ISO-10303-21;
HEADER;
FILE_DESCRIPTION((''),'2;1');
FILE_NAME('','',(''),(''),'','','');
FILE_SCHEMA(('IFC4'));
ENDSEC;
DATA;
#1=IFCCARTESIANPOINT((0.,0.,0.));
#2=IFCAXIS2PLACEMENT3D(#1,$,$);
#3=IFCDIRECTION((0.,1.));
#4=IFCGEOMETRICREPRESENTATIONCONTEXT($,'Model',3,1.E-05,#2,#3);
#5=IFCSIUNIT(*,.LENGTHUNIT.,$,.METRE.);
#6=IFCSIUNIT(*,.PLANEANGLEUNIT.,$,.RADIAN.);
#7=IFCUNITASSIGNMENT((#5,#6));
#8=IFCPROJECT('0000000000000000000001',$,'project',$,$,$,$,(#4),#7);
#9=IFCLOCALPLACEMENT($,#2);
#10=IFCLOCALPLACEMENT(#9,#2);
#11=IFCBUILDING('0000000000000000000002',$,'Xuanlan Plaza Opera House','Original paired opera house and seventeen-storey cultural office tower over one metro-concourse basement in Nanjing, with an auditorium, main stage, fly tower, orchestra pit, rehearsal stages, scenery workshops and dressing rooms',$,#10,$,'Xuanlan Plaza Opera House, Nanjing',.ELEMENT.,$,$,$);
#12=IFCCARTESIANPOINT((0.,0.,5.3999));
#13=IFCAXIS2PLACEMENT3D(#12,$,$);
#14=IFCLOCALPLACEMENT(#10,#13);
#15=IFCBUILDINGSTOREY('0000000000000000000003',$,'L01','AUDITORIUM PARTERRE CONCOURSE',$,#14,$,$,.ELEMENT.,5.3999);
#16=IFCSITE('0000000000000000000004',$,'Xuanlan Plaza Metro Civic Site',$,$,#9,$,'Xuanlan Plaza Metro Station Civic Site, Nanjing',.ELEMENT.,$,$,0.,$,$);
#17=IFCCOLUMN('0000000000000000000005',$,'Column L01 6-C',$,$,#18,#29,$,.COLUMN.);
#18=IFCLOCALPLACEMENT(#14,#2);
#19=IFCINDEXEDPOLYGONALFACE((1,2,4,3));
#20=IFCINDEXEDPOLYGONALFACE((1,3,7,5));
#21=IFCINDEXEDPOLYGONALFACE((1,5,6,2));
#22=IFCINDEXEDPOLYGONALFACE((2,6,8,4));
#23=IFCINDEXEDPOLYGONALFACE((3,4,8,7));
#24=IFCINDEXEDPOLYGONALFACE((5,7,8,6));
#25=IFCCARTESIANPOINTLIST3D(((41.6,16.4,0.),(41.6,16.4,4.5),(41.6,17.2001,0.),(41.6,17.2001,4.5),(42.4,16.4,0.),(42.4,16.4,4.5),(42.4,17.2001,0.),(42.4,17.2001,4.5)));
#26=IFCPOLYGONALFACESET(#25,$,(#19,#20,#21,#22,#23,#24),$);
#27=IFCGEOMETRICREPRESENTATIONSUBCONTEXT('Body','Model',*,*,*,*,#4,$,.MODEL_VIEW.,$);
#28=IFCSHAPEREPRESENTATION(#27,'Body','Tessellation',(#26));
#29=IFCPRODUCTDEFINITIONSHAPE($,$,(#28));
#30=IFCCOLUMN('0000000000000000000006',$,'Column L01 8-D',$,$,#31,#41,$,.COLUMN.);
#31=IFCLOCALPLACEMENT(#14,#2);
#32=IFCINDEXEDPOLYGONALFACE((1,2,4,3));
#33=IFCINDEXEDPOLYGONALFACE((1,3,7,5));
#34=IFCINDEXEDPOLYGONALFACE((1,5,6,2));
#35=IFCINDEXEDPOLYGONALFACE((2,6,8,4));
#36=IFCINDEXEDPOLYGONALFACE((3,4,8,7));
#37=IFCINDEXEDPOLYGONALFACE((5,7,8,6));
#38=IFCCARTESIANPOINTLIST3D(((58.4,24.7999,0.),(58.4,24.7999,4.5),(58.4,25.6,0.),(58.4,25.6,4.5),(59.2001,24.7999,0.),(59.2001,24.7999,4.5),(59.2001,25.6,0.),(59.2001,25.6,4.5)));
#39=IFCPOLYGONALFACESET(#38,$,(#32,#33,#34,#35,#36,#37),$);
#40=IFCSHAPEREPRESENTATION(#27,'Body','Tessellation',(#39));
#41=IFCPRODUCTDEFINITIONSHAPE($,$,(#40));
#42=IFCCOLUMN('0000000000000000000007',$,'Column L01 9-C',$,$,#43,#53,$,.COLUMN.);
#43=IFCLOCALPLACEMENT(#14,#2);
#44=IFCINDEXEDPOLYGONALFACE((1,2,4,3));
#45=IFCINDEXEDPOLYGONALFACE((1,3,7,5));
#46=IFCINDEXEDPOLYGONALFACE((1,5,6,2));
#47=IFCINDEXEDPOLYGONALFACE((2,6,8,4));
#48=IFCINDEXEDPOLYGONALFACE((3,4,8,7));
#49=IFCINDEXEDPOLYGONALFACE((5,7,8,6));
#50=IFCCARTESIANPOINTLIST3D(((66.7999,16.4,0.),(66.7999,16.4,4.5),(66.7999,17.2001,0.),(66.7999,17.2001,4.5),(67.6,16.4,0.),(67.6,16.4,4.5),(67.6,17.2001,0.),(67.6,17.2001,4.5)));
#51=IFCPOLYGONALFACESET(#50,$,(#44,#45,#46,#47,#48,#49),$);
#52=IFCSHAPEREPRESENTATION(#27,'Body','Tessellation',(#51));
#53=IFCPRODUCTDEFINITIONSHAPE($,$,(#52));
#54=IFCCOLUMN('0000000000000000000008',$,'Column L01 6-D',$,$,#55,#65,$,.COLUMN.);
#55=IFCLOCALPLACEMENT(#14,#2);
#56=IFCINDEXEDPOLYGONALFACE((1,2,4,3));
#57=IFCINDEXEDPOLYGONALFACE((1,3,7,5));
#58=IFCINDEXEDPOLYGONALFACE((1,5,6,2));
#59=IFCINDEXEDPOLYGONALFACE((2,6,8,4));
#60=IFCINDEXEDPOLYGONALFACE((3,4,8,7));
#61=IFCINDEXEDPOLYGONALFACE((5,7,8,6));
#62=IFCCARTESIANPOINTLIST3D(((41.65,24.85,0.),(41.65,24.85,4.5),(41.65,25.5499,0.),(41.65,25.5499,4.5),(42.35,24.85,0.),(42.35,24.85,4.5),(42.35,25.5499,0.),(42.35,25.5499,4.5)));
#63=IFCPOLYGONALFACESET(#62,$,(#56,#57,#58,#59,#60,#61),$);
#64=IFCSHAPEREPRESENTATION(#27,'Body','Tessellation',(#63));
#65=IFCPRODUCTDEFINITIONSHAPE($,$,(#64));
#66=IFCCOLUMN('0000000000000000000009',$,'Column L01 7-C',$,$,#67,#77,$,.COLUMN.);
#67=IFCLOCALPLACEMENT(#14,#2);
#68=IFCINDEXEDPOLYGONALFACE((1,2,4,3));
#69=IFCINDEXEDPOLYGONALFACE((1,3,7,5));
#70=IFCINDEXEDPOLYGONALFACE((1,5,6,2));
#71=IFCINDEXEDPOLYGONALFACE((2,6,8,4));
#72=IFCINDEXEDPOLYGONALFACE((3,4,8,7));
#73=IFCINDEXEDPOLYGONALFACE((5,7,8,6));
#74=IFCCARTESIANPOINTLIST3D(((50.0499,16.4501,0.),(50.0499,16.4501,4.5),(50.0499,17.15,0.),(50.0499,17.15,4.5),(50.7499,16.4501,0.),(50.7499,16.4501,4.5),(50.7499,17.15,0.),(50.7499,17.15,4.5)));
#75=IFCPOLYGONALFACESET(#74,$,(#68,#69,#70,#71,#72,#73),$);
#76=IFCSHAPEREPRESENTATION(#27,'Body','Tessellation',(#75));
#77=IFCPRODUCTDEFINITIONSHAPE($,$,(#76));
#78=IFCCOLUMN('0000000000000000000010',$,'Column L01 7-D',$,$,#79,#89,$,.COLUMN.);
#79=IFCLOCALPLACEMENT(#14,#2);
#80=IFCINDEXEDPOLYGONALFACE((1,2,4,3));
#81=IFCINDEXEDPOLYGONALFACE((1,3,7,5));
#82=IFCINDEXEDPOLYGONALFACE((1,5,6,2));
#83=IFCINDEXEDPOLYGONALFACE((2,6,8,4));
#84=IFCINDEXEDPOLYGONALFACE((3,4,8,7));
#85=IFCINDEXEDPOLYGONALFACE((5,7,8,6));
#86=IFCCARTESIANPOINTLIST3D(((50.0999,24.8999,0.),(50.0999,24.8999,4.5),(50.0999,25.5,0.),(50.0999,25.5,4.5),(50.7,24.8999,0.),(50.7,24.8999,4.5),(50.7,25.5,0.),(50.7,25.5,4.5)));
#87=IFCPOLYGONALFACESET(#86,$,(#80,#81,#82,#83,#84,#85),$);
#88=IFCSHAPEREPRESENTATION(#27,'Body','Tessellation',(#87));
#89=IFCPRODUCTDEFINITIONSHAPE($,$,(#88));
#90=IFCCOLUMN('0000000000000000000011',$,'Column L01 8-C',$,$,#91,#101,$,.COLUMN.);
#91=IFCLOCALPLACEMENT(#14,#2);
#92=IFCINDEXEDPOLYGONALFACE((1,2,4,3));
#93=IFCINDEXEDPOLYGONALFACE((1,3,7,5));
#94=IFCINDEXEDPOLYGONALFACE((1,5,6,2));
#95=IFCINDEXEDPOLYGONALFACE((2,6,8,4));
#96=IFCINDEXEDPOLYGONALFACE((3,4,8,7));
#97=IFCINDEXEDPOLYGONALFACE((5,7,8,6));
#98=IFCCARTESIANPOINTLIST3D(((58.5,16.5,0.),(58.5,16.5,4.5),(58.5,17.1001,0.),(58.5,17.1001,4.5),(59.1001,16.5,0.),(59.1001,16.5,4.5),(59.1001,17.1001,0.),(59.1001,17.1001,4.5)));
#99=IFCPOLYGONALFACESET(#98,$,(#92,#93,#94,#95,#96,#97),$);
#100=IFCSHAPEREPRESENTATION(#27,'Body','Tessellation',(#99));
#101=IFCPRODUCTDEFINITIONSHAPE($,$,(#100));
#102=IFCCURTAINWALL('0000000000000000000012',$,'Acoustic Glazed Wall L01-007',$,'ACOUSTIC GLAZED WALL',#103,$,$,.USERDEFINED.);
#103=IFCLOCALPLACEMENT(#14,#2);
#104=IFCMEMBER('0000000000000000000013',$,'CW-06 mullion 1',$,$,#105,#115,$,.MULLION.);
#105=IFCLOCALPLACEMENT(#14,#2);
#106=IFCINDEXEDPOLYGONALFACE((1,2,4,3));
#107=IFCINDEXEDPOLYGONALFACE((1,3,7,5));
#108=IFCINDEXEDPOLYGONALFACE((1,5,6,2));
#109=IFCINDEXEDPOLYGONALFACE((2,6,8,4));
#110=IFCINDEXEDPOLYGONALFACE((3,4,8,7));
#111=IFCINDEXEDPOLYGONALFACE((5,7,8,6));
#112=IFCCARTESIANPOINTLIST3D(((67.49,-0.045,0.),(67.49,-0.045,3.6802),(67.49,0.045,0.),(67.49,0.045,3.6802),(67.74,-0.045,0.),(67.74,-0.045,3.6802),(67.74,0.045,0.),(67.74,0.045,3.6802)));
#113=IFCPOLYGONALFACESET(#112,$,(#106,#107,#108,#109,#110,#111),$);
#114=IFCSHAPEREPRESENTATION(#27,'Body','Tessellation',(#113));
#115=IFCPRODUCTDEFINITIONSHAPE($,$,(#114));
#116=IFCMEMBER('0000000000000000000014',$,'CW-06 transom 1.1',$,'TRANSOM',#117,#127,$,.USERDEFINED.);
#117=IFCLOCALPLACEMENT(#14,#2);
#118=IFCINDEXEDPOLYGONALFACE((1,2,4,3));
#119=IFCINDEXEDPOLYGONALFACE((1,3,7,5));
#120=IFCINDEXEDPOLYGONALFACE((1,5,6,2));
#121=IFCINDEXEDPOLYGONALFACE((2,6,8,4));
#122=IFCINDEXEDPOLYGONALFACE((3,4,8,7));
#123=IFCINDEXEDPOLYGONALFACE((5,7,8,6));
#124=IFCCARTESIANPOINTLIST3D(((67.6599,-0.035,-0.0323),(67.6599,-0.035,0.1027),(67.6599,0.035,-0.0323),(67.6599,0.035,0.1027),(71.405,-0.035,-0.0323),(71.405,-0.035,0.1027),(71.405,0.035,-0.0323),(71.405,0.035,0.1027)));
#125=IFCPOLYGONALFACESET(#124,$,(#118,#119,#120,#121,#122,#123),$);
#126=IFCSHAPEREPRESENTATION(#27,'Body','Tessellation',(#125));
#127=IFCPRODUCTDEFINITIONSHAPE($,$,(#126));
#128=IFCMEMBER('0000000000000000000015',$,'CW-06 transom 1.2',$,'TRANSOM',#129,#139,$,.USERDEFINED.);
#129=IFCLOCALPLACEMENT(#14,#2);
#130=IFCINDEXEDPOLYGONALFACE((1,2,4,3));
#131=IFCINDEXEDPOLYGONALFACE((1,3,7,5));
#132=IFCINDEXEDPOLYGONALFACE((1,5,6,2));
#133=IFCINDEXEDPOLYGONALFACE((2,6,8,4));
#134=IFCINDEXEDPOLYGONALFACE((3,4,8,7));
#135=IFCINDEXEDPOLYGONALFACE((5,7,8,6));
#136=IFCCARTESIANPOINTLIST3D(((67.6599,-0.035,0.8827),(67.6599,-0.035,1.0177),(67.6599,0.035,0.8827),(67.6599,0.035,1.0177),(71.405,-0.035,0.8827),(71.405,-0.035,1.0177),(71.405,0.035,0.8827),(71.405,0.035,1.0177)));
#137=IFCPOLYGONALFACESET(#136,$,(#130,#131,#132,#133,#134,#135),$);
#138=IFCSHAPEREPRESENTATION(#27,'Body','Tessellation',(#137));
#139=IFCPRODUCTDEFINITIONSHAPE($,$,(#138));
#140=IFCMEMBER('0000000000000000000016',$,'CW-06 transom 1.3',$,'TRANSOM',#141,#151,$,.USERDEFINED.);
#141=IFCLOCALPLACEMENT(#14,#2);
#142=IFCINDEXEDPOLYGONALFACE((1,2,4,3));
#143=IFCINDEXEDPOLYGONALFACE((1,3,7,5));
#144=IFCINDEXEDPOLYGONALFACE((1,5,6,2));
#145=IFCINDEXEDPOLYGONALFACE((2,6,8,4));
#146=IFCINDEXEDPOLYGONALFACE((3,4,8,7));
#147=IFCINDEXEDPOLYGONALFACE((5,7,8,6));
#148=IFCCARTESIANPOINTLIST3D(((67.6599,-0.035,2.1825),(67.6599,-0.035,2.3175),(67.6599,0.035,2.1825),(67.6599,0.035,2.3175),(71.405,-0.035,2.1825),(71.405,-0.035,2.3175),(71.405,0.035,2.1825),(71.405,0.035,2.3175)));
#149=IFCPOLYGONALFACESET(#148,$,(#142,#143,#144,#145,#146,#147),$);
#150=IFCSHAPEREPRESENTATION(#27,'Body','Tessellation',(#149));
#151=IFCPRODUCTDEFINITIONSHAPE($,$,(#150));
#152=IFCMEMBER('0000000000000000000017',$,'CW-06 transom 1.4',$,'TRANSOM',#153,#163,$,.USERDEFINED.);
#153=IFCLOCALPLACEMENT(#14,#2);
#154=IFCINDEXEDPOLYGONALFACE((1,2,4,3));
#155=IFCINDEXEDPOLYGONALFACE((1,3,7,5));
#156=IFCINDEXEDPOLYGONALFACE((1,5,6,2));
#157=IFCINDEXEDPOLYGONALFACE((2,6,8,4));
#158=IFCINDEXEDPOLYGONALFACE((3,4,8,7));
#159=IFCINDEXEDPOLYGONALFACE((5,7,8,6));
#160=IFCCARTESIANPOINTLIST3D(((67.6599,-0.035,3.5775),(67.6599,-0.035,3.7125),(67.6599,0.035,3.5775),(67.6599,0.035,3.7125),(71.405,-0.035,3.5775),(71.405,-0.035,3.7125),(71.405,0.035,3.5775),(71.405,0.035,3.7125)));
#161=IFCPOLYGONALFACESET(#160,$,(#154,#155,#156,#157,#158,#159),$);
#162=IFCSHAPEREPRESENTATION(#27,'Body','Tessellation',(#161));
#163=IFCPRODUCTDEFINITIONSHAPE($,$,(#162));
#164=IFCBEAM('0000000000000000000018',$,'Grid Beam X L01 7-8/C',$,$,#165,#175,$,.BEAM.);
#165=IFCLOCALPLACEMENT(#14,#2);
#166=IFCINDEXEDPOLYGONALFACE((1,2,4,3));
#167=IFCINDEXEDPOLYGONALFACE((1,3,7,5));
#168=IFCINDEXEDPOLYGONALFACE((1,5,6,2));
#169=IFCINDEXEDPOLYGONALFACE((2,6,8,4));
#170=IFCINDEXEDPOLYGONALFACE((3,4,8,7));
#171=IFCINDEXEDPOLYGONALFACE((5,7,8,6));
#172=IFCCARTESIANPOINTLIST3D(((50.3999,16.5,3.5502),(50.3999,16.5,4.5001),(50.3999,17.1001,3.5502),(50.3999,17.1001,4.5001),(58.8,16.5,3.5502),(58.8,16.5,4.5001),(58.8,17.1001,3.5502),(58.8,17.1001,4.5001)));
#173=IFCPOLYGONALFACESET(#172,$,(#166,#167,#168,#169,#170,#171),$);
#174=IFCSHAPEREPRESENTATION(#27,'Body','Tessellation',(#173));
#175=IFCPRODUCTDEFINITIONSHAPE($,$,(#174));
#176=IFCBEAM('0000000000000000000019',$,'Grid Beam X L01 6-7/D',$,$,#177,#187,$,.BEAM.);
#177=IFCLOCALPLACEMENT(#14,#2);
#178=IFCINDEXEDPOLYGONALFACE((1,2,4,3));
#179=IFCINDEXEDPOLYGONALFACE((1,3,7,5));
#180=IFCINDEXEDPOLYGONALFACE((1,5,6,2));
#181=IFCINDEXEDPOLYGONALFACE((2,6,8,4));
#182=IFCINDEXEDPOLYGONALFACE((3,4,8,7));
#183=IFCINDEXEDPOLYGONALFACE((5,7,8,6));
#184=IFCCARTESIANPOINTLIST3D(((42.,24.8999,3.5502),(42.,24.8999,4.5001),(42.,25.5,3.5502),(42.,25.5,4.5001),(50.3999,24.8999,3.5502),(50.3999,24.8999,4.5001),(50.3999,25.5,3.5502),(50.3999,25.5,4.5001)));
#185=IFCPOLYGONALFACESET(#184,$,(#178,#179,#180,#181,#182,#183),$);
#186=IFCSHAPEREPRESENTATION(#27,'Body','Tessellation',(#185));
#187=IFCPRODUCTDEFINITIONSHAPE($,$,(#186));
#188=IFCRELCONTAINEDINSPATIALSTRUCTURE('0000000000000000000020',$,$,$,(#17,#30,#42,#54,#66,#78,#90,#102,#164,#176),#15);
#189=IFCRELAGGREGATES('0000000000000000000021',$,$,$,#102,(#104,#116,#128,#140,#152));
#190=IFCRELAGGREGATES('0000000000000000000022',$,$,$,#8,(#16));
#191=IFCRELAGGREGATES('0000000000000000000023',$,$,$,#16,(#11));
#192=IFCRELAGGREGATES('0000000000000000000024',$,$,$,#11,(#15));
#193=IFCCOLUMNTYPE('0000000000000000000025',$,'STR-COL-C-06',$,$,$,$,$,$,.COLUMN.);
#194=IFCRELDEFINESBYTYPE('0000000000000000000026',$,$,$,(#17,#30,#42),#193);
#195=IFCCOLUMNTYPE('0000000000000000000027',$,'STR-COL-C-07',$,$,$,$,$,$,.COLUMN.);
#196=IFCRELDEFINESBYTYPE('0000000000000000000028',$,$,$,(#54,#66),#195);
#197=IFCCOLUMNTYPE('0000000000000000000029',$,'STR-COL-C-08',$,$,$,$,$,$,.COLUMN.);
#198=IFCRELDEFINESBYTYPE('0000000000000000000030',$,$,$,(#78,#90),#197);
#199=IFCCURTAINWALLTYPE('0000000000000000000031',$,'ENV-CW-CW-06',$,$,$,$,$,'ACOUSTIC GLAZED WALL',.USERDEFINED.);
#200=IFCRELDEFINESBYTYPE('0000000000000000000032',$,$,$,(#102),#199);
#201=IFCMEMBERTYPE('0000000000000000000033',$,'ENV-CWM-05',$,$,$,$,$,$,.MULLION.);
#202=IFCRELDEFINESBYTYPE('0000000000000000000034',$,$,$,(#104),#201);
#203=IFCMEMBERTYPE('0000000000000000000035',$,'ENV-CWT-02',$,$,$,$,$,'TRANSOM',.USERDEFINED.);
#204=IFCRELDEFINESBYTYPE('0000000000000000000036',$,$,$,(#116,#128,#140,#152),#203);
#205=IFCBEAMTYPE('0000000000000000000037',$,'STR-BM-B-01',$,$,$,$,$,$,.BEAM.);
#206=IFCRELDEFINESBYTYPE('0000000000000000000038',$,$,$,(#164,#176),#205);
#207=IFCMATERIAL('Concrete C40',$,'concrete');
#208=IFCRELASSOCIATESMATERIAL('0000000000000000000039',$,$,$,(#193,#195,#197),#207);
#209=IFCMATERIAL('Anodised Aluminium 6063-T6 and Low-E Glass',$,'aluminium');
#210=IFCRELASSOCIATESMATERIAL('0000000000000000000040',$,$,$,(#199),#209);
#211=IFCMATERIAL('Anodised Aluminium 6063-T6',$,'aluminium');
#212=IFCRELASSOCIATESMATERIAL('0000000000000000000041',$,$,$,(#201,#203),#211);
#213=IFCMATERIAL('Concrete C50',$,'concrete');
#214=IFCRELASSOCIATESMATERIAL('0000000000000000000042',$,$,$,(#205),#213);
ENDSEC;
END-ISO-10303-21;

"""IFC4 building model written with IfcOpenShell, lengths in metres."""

from ifc_helpers import new_model, si_unit, direction, frame, origin, origin_2d, place, context, subcontext, project, spatial, rectangle, extrude, material, material_profile, profile_set, type_object, element, aggregate, save


model = new_model("IFC4")

# Units and contexts
model_context = context("Model", 3, precision=1e-05, world=origin(), true_north=direction((0.0, 1.0)))
body_context = subcontext(model_context, "Body", "Model", "MODEL_VIEW")
ifc_project = project(units=[si_unit("LENGTHUNIT", "METRE"), si_unit("PLANEANGLEUNIT", "RADIAN")], contexts=[model_context])

# Site, building, storey
site_placement = place(None, origin())
site = spatial("IfcSite", under=ifc_project, at=site_placement, Name="Xuanlan Plaza Metro Civic Site", LongName="Xuanlan Plaza Metro Station Civic Site, Nanjing", CompositionType="ELEMENT", RefElevation=0.0)
building_placement = place(site_placement, origin())
building = spatial("IfcBuilding", under=site, at=building_placement, Name="Xuanlan Plaza Opera House", Description="Original paired opera house and seventeen-storey cultural office tower over one metro-concourse basement in Nanjing, with an auditorium, main stage, fly tower, orchestra pit, rehearsal stages, scenery workshops and dressing rooms", LongName="Xuanlan Plaza Opera House, Nanjing", CompositionType="ELEMENT")
storey_placement = place(building_placement, frame((0.0, 0.0, 5.3999)))
storey = spatial("IfcBuildingStorey", under=building, at=storey_placement, Name="L01", Description="AUDITORIUM PARTERRE CONCOURSE", CompositionType="ELEMENT", Elevation=5.3999)

# Columns
ifc_material_1 = material(Name="Concrete C40", Category="concrete")
ifc_material_profile_1 = material_profile(ifc_material_1, rectangle(XDim=0.8, YDim=0.8, at=origin_2d()), Name="RC-COL 800x800")
ifc_profile_set_1 = profile_set([ifc_material_profile_1], Name="Concrete C40")
column_type_1 = type_object("IfcColumnType", Name="STR-COL-C-06", PredefinedType="COLUMN", material=ifc_profile_set_1)
for number, where, z_axis, x_axis, name in (
    (1, (42.0, 16.8, 0.0), (0.0, 0.0, 1.0), (1.0, 0.0, 0.0), "Column L01 6-C"),
    (2, (58.8, 25.2, 0.0), (0.0, 0.0, 1.0), (1.0, 0.0, 0.0), "Column L01 8-D"),
    (3, (67.2, 16.8, 0.0), (0.0, 0.0, 1.0), (1.0, 0.0, 0.0), "Column L01 9-C"),
):
    element("IfcColumn", number, at=place(storey_placement, frame(where, z_axis=z_axis, x_axis=x_axis)), inside=storey, type_object=column_type_1, Name=name, PredefinedType="COLUMN", context=body_context, shape_type="SweptSolid", body=[
        extrude(rectangle(XDim=0.8, YDim=0.8, at=origin_2d()), origin(), (0.0, 0.0, 1.0), 4.5),
    ])
ifc_material_profile_2 = material_profile(ifc_material_1, rectangle(XDim=0.7, YDim=0.7, at=origin_2d()), Name="RC-COL 700x700")
ifc_profile_set_2 = profile_set([ifc_material_profile_2], Name="Concrete C40")
column_type_2 = type_object("IfcColumnType", Name="STR-COL-C-07", PredefinedType="COLUMN", material=ifc_profile_set_2)
for number, where, z_axis, x_axis, name in (
    (4, (42.0, 25.2, 0.0), (0.0, 0.0, 1.0), (1.0, 0.0, 0.0), "Column L01 6-D"),
    (5, (50.3999, 16.8, 0.0), (0.0, 0.0, 1.0), (1.0, 0.0, 0.0), "Column L01 7-C"),
):
    element("IfcColumn", number, at=place(storey_placement, frame(where, z_axis=z_axis, x_axis=x_axis)), inside=storey, type_object=column_type_2, Name=name, PredefinedType="COLUMN", context=body_context, shape_type="SweptSolid", body=[
        extrude(rectangle(XDim=0.7, YDim=0.7, at=origin_2d()), origin(), (0.0, 0.0, 1.0), 4.5),
    ])
ifc_material_profile_3 = material_profile(ifc_material_1, rectangle(XDim=0.6001, YDim=0.6001, at=origin_2d()), Name="RC-COL 600x600")
ifc_profile_set_3 = profile_set([ifc_material_profile_3], Name="Concrete C40")
column_type_3 = type_object("IfcColumnType", Name="STR-COL-C-08", PredefinedType="COLUMN", material=ifc_profile_set_3)
for number, where, z_axis, x_axis, name in (
    (6, (50.3999, 25.2, 0.0), (0.0, 0.0, 1.0), (1.0, 0.0, 0.0), "Column L01 7-D"),
    (7, (58.8, 16.8, 0.0), (0.0, 0.0, 1.0), (1.0, 0.0, 0.0), "Column L01 8-C"),
):
    element("IfcColumn", number, at=place(storey_placement, frame(where, z_axis=z_axis, x_axis=x_axis)), inside=storey, type_object=column_type_3, Name=name, PredefinedType="COLUMN", context=body_context, shape_type="SweptSolid", body=[
        extrude(rectangle(XDim=0.6001, YDim=0.6001, at=origin_2d()), origin(), (0.0, 0.0, 1.0), 4.5),
    ])

# Curtain wall, members
ifc_material_2 = material(Name="Anodised Aluminium 6063-T6 and Low-E Glass", Category="aluminium")
curtain_wall_type = type_object("IfcCurtainWallType", Name="ENV-CW-CW-06", ElementType="ACOUSTIC GLAZED WALL", PredefinedType="USERDEFINED", material=ifc_material_2)
curtain_wall_placement = place(storey_placement, origin())
curtain_wall = element("IfcCurtainWall", 8, at=curtain_wall_placement, inside=storey, type_object=curtain_wall_type, Name="Acoustic Glazed Wall L01-007", ObjectType="ACOUSTIC GLAZED WALL", PredefinedType="USERDEFINED")
ifc_material_3 = material(Name="Anodised Aluminium 6063-T6", Category="aluminium")
ifc_material_profile_4 = material_profile(ifc_material_3, rectangle(XDim=0.0901, YDim=0.25, at=origin_2d()), Name="ALU-M 90x250")
ifc_profile_set_4 = profile_set([ifc_material_profile_4], Name="Anodised Aluminium 6063-T6")
member_type_1 = type_object("IfcMemberType", Name="ENV-CWM-05", PredefinedType="MULLION", material=ifc_profile_set_4)
member_1_placement = place(storey_placement, frame((67.615, 0.0, 0.0), z_axis=(0.0, 0.0, 1.0), x_axis=(0.0, 1.0, 0.0)))
member_1 = element("IfcMember", 9, at=member_1_placement, type_object=member_type_1, Name="CW-06 mullion 1", PredefinedType="MULLION", context=body_context, shape_type="SweptSolid", body=[
    extrude(rectangle(XDim=0.0901, YDim=0.25, at=origin_2d()), origin(), (0.0, 0.0, 1.0), 3.6802),
])
ifc_material_profile_5 = material_profile(ifc_material_3, rectangle(XDim=0.0701, YDim=0.135, at=origin_2d()), Name="ALU-T 70x135")
ifc_profile_set_5 = profile_set([ifc_material_profile_5], Name="Anodised Aluminium 6063-T6")
member_type_2 = type_object("IfcMemberType", Name="ENV-CWT-02", ElementType="TRANSOM", PredefinedType="USERDEFINED", material=ifc_profile_set_5)
member_2_placement = place(storey_placement, frame((67.6599, 0.0, 0.0352), z_axis=(1.0, 0.0, 0.0), x_axis=(0.0, 1.0, 0.0)))
member_2 = element("IfcMember", 10, at=member_2_placement, type_object=member_type_2, Name="CW-06 transom 1.1", ObjectType="TRANSOM", PredefinedType="USERDEFINED", context=body_context, shape_type="SweptSolid", body=[
    extrude(rectangle(XDim=0.0701, YDim=0.135, at=origin_2d()), origin(), (0.0, 0.0, 1.0), 3.7451),
])
member_3_placement = place(storey_placement, frame((67.6599, 0.0, 0.9502), z_axis=(1.0, 0.0, 0.0), x_axis=(0.0, 1.0, 0.0)))
member_3 = element("IfcMember", 11, at=member_3_placement, type_object=member_type_2, Name="CW-06 transom 1.2", ObjectType="TRANSOM", PredefinedType="USERDEFINED", context=body_context, shape_type="SweptSolid", body=[
    extrude(rectangle(XDim=0.0701, YDim=0.135, at=origin_2d()), origin(), (0.0, 0.0, 1.0), 3.7451),
])
member_4_placement = place(storey_placement, frame((67.6599, 0.0, 2.25), z_axis=(1.0, 0.0, 0.0), x_axis=(0.0, 1.0, 0.0)))
member_4 = element("IfcMember", 12, at=member_4_placement, type_object=member_type_2, Name="CW-06 transom 1.3", ObjectType="TRANSOM", PredefinedType="USERDEFINED", context=body_context, shape_type="SweptSolid", body=[
    extrude(rectangle(XDim=0.0701, YDim=0.135, at=origin_2d()), origin(), (0.0, 0.0, 1.0), 3.7451),
])
member_5_placement = place(storey_placement, frame((67.6599, 0.0, 3.645), z_axis=(1.0, 0.0, 0.0), x_axis=(0.0, 1.0, 0.0)))
member_5 = element("IfcMember", 13, at=member_5_placement, type_object=member_type_2, Name="CW-06 transom 1.4", ObjectType="TRANSOM", PredefinedType="USERDEFINED", context=body_context, shape_type="SweptSolid", body=[
    extrude(rectangle(XDim=0.0701, YDim=0.135, at=origin_2d()), origin(), (0.0, 0.0, 1.0), 3.7451),
])
aggregate(curtain_wall, [member_1, member_2, member_3, member_4, member_5])

# Beams
ifc_material_4 = material(Name="Concrete C50", Category="concrete")
ifc_material_profile_6 = material_profile(ifc_material_4, rectangle(XDim=0.6001, YDim=0.95, at=origin_2d()), Name="RC-BM 600x950")
ifc_profile_set_6 = profile_set([ifc_material_profile_6], Name="Concrete C50")
beam_type_1 = type_object("IfcBeamType", Name="STR-BM-B-01", PredefinedType="BEAM", material=ifc_profile_set_6)
beam_1_placement = place(storey_placement, frame((50.3999, 16.8, 4.0251), z_axis=(1.0, 0.0, 0.0), x_axis=(0.0, 1.0, 0.0)))
element("IfcBeam", 14, at=beam_1_placement, inside=storey, type_object=beam_type_1, Name="Grid Beam X L01 7-8/C", PredefinedType="BEAM", context=body_context, shape_type="SweptSolid", body=[
    extrude(rectangle(XDim=0.6001, YDim=0.95, at=origin_2d()), origin(), (0.0, 0.0, 1.0), 8.4001),
])
beam_2_placement = place(storey_placement, frame((42.0, 25.2, 4.0251), z_axis=(1.0, 0.0, 0.0), x_axis=(0.0, 1.0, 0.0)))
element("IfcBeam", 15, at=beam_2_placement, inside=storey, type_object=beam_type_1, Name="Grid Beam X L01 6-7/D", PredefinedType="BEAM", context=body_context, shape_type="SweptSolid", body=[
    extrude(rectangle(XDim=0.6001, YDim=0.95, at=origin_2d()), origin(), (0.0, 0.0, 1.0), 8.3999),
])

save(model, "model.ifc")
